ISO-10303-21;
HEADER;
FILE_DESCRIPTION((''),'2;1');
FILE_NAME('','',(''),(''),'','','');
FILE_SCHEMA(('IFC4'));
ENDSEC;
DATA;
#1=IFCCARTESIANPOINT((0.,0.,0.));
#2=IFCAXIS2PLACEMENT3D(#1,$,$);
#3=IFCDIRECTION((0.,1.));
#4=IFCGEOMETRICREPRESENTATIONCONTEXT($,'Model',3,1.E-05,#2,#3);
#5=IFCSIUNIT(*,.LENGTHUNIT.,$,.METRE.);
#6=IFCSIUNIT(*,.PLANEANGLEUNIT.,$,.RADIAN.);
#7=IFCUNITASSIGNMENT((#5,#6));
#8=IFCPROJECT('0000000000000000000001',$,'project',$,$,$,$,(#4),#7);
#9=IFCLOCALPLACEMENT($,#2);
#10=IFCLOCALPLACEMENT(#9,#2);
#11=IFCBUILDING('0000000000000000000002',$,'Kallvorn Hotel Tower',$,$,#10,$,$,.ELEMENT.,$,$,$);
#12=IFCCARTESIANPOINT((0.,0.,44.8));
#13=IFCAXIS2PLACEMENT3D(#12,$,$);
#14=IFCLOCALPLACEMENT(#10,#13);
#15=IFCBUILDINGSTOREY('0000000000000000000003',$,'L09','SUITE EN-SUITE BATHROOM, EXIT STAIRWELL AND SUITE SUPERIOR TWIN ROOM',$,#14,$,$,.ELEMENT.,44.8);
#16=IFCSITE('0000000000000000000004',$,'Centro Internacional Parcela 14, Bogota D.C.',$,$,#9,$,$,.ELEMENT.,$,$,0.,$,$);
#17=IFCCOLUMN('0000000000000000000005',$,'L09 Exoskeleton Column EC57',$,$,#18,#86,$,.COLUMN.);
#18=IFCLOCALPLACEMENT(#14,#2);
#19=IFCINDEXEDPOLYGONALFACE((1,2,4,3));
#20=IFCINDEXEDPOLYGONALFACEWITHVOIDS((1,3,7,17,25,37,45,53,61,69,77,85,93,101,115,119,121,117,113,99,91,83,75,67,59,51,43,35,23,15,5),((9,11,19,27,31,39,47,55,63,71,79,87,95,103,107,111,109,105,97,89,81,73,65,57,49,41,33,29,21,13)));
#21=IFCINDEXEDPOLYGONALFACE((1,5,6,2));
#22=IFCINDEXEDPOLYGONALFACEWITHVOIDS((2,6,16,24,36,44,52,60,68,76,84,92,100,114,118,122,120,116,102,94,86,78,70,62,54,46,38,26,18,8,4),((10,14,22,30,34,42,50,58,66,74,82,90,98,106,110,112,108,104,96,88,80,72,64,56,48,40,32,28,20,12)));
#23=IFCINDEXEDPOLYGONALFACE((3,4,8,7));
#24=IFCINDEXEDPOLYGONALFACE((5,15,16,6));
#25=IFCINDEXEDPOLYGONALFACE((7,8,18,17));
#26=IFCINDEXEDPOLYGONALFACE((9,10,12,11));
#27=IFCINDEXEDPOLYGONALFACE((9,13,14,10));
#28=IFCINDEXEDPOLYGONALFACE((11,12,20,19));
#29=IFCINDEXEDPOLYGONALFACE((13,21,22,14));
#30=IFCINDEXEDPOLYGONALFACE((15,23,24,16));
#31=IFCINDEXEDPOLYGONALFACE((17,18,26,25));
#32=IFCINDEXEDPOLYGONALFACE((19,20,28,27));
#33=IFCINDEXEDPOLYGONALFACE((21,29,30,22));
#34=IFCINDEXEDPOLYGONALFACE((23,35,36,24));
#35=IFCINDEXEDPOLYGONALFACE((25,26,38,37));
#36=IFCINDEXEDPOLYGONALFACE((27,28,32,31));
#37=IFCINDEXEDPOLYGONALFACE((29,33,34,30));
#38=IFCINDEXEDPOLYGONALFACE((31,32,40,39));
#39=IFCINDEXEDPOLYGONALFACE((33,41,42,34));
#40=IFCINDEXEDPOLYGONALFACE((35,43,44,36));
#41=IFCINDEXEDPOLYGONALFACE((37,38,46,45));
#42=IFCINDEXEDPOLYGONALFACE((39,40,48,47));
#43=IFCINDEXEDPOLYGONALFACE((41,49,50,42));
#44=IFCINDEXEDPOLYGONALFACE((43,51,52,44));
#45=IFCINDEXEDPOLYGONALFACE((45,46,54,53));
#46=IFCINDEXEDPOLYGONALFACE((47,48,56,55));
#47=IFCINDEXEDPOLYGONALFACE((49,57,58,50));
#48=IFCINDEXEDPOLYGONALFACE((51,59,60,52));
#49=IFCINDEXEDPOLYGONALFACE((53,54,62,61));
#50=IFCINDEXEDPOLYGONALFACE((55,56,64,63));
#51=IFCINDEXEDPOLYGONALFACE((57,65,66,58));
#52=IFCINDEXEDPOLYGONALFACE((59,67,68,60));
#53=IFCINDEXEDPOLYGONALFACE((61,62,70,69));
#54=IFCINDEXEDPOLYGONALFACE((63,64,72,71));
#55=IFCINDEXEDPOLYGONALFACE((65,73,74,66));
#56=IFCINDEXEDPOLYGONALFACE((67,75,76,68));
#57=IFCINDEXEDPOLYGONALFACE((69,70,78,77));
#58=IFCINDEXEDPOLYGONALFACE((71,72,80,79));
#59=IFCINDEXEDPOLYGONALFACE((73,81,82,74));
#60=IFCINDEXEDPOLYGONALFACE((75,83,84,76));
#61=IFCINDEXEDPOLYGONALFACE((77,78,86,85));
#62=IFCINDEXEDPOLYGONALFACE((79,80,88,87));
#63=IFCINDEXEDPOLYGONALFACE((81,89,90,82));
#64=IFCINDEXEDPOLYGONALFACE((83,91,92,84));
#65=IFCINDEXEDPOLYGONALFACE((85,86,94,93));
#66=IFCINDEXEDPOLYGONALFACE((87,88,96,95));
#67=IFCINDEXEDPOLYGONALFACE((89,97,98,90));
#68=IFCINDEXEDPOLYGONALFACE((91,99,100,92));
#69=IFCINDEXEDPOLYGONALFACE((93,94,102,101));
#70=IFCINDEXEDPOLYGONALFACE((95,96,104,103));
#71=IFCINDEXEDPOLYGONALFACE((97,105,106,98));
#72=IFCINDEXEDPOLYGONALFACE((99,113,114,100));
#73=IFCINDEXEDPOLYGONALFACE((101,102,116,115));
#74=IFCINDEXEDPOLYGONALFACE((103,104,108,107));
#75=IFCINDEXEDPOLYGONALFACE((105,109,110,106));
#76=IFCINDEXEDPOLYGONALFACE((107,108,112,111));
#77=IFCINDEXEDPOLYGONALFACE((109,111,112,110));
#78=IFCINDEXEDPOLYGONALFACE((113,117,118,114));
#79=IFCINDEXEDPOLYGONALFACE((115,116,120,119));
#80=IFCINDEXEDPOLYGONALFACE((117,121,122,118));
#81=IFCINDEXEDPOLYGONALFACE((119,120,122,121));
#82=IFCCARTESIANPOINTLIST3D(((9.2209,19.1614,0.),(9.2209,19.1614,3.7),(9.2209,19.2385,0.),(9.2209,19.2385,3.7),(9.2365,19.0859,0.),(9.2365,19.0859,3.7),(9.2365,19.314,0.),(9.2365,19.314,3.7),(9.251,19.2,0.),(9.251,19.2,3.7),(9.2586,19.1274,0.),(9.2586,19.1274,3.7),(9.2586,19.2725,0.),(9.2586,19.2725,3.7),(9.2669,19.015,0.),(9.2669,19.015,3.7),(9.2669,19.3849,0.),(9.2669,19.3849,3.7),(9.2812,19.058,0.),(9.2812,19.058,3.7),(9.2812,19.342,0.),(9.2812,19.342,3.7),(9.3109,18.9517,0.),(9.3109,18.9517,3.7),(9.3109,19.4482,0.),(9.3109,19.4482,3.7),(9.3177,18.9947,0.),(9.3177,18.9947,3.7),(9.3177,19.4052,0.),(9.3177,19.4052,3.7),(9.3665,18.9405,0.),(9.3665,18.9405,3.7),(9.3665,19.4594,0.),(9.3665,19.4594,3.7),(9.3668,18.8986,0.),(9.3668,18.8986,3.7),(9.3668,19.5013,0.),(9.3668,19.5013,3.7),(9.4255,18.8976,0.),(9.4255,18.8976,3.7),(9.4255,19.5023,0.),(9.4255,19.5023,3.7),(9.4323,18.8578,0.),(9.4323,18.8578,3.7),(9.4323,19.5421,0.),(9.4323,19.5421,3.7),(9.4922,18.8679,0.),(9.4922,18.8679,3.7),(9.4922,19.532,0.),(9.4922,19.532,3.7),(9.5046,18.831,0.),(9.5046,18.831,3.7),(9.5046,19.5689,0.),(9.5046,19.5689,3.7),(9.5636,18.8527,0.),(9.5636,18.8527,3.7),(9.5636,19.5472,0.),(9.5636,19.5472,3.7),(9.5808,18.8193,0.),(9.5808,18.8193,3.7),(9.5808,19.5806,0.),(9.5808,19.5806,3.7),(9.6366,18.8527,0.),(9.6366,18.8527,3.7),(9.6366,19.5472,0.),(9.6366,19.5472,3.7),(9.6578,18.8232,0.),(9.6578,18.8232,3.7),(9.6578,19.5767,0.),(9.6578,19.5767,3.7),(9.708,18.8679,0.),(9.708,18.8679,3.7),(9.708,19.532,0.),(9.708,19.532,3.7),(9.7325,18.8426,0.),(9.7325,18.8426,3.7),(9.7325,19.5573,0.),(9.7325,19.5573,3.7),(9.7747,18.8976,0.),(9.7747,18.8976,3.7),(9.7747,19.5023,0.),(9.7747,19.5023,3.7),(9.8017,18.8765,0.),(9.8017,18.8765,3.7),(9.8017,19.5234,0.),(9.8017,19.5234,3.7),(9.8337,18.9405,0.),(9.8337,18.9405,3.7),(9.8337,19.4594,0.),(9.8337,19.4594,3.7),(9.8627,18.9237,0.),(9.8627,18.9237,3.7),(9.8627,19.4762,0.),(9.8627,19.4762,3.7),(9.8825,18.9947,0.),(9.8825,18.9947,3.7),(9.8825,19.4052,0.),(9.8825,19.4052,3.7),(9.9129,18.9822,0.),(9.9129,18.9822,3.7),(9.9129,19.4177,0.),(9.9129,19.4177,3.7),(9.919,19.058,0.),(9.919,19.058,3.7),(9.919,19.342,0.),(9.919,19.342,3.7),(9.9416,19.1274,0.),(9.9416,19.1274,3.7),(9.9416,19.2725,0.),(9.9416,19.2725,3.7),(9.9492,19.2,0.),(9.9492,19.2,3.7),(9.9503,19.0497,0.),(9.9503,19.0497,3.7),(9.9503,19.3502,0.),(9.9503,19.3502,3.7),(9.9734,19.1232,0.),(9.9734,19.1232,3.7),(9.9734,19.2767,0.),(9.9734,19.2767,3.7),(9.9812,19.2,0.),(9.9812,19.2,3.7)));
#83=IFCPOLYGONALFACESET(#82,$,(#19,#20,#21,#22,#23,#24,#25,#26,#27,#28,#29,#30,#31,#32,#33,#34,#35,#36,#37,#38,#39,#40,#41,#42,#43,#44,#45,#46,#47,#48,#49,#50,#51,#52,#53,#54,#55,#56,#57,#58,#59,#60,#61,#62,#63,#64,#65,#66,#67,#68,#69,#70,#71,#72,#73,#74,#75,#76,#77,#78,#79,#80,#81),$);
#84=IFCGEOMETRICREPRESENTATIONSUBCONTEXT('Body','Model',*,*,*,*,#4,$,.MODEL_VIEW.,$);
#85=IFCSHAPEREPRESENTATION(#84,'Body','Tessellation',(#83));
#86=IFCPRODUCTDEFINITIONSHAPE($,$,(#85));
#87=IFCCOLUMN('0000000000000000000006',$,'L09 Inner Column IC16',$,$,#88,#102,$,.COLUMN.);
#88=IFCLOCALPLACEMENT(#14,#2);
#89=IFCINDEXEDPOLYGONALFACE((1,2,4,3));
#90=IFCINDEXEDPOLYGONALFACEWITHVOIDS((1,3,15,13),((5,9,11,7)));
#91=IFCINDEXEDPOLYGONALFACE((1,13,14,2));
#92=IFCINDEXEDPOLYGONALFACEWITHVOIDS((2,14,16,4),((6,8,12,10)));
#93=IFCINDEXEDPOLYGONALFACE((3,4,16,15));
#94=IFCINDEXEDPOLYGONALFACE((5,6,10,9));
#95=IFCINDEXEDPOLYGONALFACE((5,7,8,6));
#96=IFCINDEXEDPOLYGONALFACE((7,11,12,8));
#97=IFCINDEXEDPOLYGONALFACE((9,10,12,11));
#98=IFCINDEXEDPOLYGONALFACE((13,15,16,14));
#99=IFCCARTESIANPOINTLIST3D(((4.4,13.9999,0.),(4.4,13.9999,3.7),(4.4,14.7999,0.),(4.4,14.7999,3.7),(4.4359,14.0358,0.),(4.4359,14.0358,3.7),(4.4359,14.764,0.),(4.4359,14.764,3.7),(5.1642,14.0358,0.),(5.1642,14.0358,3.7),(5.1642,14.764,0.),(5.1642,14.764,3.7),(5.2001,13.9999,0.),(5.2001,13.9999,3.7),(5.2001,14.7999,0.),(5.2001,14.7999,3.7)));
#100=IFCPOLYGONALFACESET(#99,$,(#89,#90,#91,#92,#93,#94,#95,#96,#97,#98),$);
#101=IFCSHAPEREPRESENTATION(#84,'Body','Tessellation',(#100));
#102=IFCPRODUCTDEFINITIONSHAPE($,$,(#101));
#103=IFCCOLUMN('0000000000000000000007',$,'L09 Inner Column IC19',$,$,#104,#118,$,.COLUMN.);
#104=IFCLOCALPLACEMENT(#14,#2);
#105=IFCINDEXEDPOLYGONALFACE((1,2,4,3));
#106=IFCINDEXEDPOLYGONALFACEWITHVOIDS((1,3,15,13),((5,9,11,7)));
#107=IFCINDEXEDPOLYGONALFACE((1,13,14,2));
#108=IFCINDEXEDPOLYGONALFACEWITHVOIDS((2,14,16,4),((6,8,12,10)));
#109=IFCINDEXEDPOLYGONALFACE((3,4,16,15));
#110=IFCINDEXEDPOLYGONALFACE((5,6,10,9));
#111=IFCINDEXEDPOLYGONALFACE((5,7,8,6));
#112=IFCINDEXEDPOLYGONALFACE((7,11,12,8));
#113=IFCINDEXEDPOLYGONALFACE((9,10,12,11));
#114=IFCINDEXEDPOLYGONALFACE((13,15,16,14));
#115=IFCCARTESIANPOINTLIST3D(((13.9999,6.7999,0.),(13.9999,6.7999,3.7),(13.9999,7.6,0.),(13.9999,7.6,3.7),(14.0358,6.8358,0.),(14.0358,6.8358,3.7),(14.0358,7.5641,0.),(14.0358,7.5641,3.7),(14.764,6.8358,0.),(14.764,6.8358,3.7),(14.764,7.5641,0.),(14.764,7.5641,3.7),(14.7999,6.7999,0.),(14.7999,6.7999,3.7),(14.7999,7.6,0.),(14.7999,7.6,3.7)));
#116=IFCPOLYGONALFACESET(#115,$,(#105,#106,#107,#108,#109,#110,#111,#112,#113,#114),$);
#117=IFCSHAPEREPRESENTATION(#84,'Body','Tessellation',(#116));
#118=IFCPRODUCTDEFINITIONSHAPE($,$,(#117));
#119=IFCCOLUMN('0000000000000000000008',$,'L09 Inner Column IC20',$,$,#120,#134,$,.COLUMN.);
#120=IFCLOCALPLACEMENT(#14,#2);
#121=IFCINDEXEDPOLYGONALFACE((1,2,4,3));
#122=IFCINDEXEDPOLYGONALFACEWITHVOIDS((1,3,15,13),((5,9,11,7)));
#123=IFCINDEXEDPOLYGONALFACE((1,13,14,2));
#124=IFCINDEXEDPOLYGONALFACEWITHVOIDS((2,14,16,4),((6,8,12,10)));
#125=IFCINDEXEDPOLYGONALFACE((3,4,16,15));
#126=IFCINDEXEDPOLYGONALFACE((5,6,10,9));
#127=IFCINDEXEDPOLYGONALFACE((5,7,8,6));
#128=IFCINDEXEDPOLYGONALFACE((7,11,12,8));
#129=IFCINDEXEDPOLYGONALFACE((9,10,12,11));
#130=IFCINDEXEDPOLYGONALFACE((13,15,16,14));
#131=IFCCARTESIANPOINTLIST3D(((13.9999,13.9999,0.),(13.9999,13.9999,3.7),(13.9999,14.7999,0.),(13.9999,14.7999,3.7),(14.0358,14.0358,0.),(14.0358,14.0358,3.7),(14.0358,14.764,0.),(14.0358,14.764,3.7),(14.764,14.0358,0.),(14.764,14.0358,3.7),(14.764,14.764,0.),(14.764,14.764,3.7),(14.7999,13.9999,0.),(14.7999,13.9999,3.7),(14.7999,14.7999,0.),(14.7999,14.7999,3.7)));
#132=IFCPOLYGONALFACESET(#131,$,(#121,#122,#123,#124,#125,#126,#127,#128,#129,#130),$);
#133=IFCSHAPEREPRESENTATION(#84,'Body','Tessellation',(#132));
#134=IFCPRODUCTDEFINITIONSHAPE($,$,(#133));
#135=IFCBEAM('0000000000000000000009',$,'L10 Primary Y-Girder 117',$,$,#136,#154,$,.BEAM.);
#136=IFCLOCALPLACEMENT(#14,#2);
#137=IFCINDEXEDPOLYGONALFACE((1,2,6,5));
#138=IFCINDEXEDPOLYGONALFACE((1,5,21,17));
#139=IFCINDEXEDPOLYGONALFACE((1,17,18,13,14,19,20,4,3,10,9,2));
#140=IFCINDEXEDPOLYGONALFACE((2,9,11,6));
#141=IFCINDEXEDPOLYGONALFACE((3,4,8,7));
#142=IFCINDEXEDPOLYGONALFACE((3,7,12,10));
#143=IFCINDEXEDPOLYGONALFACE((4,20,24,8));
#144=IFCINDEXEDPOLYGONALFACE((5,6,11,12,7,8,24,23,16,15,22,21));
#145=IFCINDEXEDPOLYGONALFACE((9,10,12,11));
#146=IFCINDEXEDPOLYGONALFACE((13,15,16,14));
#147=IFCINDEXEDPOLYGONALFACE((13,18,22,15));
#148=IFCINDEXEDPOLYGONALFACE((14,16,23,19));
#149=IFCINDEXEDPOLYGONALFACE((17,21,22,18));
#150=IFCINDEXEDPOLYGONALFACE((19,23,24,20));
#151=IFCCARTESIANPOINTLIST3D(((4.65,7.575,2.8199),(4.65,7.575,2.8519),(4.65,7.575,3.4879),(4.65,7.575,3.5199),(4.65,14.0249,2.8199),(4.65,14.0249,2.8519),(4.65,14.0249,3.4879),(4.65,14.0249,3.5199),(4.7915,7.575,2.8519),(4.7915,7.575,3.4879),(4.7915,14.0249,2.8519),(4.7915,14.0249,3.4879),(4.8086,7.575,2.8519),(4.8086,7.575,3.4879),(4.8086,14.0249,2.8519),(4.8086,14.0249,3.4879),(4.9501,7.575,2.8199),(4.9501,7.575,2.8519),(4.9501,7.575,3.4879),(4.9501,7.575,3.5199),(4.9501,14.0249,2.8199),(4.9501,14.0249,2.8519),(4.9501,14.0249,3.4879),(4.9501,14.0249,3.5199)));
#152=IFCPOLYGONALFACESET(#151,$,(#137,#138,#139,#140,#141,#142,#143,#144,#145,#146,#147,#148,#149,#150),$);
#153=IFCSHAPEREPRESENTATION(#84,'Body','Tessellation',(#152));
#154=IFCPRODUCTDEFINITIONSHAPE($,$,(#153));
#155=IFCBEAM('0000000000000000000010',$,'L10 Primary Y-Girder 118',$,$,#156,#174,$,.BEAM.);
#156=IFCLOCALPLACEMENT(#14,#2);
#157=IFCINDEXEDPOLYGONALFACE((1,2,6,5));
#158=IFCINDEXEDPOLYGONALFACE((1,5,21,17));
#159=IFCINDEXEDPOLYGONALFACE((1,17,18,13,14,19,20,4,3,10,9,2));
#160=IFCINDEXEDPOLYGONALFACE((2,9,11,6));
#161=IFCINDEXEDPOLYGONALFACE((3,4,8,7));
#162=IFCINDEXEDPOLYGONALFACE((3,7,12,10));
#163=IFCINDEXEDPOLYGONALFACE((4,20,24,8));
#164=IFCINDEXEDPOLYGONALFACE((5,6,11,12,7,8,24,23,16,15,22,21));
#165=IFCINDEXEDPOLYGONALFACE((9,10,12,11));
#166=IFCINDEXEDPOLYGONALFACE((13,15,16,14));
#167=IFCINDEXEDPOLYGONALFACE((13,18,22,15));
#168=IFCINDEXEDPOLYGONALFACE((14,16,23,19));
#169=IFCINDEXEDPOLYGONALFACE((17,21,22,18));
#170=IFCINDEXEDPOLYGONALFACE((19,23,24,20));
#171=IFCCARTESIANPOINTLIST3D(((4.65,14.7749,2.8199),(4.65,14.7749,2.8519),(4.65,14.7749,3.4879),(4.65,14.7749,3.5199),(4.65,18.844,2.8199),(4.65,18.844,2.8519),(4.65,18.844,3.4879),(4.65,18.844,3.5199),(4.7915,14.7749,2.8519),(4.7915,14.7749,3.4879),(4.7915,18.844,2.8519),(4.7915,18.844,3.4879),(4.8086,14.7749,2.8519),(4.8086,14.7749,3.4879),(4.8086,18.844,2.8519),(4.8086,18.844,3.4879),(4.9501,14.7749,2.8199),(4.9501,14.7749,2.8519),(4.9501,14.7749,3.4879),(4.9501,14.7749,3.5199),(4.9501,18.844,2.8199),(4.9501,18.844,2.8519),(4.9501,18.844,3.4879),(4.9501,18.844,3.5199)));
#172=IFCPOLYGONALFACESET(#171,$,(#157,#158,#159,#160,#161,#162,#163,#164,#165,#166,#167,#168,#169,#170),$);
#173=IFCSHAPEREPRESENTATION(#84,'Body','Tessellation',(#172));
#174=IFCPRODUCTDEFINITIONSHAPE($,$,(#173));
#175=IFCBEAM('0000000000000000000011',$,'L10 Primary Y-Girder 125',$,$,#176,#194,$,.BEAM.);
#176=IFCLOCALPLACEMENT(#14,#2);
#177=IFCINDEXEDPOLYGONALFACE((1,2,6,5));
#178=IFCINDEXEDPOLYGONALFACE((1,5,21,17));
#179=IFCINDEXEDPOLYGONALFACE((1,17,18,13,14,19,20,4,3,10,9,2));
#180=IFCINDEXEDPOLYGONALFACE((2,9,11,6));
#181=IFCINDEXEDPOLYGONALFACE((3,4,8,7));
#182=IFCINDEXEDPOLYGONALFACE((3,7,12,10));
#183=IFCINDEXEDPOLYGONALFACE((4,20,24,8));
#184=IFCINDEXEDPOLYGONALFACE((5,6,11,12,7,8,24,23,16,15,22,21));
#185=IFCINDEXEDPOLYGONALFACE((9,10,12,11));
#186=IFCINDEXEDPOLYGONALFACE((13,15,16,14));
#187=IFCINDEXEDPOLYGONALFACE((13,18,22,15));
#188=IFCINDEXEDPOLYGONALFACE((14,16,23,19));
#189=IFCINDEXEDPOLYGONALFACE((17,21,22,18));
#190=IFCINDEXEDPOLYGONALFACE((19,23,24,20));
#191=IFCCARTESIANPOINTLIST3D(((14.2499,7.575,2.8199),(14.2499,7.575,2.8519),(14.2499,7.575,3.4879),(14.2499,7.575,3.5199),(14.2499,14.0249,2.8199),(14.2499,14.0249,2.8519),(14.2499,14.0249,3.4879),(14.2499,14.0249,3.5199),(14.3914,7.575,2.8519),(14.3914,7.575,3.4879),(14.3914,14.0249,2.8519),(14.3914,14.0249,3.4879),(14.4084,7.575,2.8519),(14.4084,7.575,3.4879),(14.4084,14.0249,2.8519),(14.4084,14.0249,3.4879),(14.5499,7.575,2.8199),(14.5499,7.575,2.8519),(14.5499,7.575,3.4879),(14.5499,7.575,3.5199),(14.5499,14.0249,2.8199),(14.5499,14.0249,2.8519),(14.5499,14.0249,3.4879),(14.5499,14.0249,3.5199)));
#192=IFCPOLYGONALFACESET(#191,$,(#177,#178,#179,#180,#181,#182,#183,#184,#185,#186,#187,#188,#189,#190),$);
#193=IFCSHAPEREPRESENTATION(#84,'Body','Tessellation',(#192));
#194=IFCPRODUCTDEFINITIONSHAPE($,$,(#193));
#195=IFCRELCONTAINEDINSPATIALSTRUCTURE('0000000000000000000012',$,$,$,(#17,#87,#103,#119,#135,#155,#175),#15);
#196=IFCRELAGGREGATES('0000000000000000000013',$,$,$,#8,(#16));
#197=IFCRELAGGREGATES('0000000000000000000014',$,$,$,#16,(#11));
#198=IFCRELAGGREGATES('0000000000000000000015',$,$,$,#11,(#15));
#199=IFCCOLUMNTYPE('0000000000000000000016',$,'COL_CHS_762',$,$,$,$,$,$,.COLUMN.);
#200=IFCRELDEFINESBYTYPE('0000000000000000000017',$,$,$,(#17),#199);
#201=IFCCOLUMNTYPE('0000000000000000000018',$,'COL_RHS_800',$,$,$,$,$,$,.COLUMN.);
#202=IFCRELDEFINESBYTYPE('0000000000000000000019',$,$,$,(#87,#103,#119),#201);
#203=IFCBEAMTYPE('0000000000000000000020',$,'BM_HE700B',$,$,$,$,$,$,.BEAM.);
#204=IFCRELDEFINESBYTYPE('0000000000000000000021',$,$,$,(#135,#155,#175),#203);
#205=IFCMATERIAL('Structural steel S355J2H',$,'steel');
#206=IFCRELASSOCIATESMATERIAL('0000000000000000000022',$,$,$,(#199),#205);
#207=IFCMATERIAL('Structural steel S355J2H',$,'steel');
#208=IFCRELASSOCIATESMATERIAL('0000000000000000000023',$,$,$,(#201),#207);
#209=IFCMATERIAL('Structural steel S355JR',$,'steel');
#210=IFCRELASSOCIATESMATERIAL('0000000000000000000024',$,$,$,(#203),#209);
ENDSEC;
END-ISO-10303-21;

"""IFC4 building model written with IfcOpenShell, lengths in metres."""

from ifc_helpers import new_model, si_unit, direction, frame, origin, origin_2d, place, context, subcontext, project, spatial, hollow_rectangle, hollow_circle, i_section, extrude, material, material_profile, profile_set, type_object, element, save


model = new_model("IFC4")

# Units and contexts
model_context = context("Model", 3, precision=1e-05, world=origin(), true_north=direction((0.0, 1.0)))
body_context = subcontext(model_context, "Body", "Model", "MODEL_VIEW")
ifc_project = project(units=[si_unit("LENGTHUNIT", "METRE"), si_unit("PLANEANGLEUNIT", "RADIAN")], contexts=[model_context])

# Site, building, storey
site_placement = place(None, origin())
site = spatial("IfcSite", under=ifc_project, at=site_placement, Name="Centro Internacional Parcela 14, Bogota D.C.", CompositionType="ELEMENT", RefElevation=0.0)
building_placement = place(site_placement, origin())
building = spatial("IfcBuilding", under=site, at=building_placement, Name="Kallvorn Hotel Tower", CompositionType="ELEMENT")
storey_placement = place(building_placement, frame((0.0, 0.0, 44.8)))
storey = spatial("IfcBuildingStorey", under=building, at=storey_placement, Name="L09", Description="SUITE EN-SUITE BATHROOM, EXIT STAIRWELL AND SUITE SUPERIOR TWIN ROOM", CompositionType="ELEMENT", Elevation=44.8)

# Columns
ifc_material_1 = material(Name="Structural steel S355J2H", Category="steel")
ifc_material_profile_1 = material_profile(ifc_material_1, hollow_circle(Radius=0.3811, WallThickness=0.032, at=origin_2d()), Name="CHS 762x32")
ifc_profile_set_1 = profile_set([ifc_material_profile_1], Name="Structural steel S355J2H")
column_type_1 = type_object("IfcColumnType", Name="COL_CHS_762", PredefinedType="COLUMN", material=ifc_profile_set_1)
for number, where, z_axis, x_axis, name in (
    (1, (9.6001, 19.2, 0.0), (0.0, 0.0, 1.0), (1.0, 0.0, 0.0), "L09 Exoskeleton Column EC57"),
):
    element("IfcColumn", number, at=place(storey_placement, frame(where, z_axis=z_axis, x_axis=x_axis)), inside=storey, type_object=column_type_1, Name=name, PredefinedType="COLUMN", context=body_context, shape_type="SweptSolid", body=[
        extrude(hollow_circle(Radius=0.3811, WallThickness=0.032, at=origin_2d()), origin(), (0.0, 0.0, 1.0), 3.7),
    ])
ifc_material_2 = material(Name="Structural steel S355J2H", Category="steel")
ifc_material_profile_2 = material_profile(ifc_material_2, hollow_rectangle(XDim=0.8, YDim=0.8, WallThickness=0.0359, at=origin_2d()), Name="RHS 800x800x36")
ifc_profile_set_2 = profile_set([ifc_material_profile_2], Name="Structural steel S355J2H")
column_type_2 = type_object("IfcColumnType", Name="COL_RHS_800", PredefinedType="COLUMN", material=ifc_profile_set_2)
for number, where, z_axis, x_axis, name in (
    (2, (4.8, 14.3999, 0.0), (0.0, 0.0, 1.0), (1.0, 0.0, 0.0), "L09 Inner Column IC16"),
    (3, (14.3999, 7.2, 0.0), (0.0, 0.0, 1.0), (1.0, 0.0, 0.0), "L09 Inner Column IC19"),
    (4, (14.3999, 14.3999, 0.0), (0.0, 0.0, 1.0), (1.0, 0.0, 0.0), "L09 Inner Column IC20"),
):
    element("IfcColumn", number, at=place(storey_placement, frame(where, z_axis=z_axis, x_axis=x_axis)), inside=storey, type_object=column_type_2, Name=name, PredefinedType="COLUMN", context=body_context, shape_type="SweptSolid", body=[
        extrude(hollow_rectangle(XDim=0.8, YDim=0.8, WallThickness=0.0359, at=origin_2d()), origin(), (0.0, 0.0, 1.0), 3.7),
    ])

# Beams
ifc_material_3 = material(Name="Structural steel S355JR", Category="steel")
ifc_material_profile_3 = material_profile(ifc_material_3, i_section(OverallWidth=0.3, OverallDepth=0.7, WebThickness=0.0171, FlangeThickness=0.032, at=origin_2d()), Name="HE 700 B")
ifc_profile_set_3 = profile_set([ifc_material_profile_3], Name="Structural steel S355JR")
beam_type_1 = type_object("IfcBeamType", Name="BM_HE700B", PredefinedType="BEAM", material=ifc_profile_set_3)
beam_1_placement = place(storey_placement, frame((4.8, 7.575, 3.1699), z_axis=(0.0, 1.0, 0.0), x_axis=(-1.0, 0.0, 0.0)))
element("IfcBeam", 5, at=beam_1_placement, inside=storey, type_object=beam_type_1, Name="L10 Primary Y-Girder 117", PredefinedType="BEAM", context=body_context, shape_type="SweptSolid", body=[
    extrude(i_section(OverallWidth=0.3, OverallDepth=0.7, WebThickness=0.0171, FlangeThickness=0.032, at=origin_2d()), origin(), (0.0, 0.0, 1.0), 6.45),
])
beam_2_placement = place(storey_placement, frame((4.8, 14.7749, 3.1699), z_axis=(0.0, 1.0, 0.0), x_axis=(-1.0, 0.0, 0.0)))
element("IfcBeam", 6, at=beam_2_placement, inside=storey, type_object=beam_type_1, Name="L10 Primary Y-Girder 118", PredefinedType="BEAM", context=body_context, shape_type="SweptSolid", body=[
    extrude(i_section(OverallWidth=0.3, OverallDepth=0.7, WebThickness=0.0171, FlangeThickness=0.032, at=origin_2d()), origin(), (0.0, 0.0, 1.0), 4.0691),
])
beam_3_placement = place(storey_placement, frame((14.3999, 7.575, 3.1699), z_axis=(0.0, 1.0, 0.0), x_axis=(-1.0, 0.0, 0.0)))
element("IfcBeam", 7, at=beam_3_placement, inside=storey, type_object=beam_type_1, Name="L10 Primary Y-Girder 125", PredefinedType="BEAM", context=body_context, shape_type="SweptSolid", body=[
    extrude(i_section(OverallWidth=0.3, OverallDepth=0.7, WebThickness=0.0171, FlangeThickness=0.032, at=origin_2d()), origin(), (0.0, 0.0, 1.0), 6.45),
])

save(model, "model.ifc")
